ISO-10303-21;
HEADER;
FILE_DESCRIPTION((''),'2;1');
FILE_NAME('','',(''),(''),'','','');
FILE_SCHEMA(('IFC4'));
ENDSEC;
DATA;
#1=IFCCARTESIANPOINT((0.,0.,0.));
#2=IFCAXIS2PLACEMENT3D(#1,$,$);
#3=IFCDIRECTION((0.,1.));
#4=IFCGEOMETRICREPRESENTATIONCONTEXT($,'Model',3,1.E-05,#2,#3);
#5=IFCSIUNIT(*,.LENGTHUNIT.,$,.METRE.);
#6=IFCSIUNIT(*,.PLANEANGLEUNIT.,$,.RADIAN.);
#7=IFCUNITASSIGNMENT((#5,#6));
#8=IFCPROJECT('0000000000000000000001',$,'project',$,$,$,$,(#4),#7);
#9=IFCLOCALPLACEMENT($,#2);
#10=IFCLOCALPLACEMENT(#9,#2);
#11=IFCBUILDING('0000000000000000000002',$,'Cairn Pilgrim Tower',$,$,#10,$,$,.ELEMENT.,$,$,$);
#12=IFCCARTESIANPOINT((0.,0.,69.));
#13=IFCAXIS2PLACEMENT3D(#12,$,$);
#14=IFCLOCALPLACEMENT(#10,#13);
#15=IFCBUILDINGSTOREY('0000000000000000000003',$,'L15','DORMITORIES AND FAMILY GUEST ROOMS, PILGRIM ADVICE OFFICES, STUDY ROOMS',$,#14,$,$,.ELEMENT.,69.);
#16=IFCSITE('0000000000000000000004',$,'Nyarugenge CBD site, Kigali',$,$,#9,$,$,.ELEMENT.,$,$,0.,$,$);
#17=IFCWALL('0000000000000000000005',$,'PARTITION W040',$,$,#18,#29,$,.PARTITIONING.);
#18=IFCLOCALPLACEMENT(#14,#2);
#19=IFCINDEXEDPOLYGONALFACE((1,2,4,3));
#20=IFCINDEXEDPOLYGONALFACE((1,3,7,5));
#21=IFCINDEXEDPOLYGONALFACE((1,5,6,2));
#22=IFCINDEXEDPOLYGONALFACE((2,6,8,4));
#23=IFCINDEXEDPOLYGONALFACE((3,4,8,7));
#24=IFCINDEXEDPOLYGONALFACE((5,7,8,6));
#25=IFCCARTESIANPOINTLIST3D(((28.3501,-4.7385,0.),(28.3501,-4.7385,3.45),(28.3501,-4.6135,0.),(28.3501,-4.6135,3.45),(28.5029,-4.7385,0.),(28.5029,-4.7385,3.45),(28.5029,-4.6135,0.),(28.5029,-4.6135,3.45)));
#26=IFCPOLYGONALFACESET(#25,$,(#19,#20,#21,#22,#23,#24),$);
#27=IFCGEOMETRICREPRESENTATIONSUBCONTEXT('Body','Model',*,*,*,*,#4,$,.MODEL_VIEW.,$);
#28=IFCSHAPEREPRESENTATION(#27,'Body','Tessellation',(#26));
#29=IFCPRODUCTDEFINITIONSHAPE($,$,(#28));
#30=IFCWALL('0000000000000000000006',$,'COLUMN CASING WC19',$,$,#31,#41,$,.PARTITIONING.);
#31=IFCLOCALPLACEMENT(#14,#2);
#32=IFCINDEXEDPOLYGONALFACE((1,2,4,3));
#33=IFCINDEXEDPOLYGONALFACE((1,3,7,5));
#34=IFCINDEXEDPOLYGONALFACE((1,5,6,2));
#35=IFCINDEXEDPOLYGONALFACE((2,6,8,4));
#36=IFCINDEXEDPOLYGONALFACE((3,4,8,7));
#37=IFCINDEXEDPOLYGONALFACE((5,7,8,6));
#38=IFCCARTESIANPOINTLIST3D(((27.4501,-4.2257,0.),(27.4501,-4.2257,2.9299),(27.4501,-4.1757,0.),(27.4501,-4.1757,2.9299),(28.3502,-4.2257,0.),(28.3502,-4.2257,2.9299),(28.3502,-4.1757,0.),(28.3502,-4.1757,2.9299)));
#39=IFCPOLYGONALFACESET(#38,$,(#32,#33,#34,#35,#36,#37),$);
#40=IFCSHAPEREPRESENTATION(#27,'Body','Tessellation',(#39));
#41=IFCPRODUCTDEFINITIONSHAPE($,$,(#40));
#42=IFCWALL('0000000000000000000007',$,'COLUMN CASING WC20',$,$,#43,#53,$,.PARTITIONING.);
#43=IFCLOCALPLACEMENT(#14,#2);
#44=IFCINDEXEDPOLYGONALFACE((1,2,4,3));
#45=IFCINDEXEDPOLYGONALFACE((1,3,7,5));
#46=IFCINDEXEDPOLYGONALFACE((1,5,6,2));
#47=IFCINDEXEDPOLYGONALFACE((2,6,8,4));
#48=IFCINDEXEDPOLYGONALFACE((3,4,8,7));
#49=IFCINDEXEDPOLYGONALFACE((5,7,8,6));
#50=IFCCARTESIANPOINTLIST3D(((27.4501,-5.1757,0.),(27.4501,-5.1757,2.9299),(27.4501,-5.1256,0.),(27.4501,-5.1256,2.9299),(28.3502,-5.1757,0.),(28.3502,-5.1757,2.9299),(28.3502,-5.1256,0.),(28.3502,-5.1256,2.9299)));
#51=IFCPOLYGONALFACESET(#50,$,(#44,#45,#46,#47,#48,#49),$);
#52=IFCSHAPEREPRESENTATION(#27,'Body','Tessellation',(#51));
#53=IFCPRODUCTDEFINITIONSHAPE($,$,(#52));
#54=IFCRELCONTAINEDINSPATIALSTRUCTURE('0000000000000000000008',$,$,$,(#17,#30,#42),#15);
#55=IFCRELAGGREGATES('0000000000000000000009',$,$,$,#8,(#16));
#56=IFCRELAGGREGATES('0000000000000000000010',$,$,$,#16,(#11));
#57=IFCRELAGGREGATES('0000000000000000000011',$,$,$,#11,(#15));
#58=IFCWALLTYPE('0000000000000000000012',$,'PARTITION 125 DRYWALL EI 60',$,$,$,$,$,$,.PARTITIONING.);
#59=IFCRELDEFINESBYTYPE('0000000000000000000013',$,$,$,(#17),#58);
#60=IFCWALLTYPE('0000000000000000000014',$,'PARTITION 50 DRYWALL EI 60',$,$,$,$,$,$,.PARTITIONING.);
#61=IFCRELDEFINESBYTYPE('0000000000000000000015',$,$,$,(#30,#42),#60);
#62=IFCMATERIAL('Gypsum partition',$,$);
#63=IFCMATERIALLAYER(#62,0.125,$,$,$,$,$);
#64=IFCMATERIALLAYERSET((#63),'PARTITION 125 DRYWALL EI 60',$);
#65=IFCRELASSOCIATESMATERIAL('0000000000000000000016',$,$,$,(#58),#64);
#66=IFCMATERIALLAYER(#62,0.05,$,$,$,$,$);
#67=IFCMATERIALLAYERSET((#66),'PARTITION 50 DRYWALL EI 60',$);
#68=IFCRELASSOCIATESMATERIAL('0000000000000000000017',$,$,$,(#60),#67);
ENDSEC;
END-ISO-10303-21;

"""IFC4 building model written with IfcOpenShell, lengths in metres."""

from ifc_helpers import new_model, si_unit, direction, frame, frame_2d, origin, place, context, subcontext, project, spatial, rectangle, extrude, material, layer, layer_set, type_object, element, save


model = new_model("IFC4")

# Units and contexts
model_context = context("Model", 3, precision=1e-05, world=origin(), true_north=direction((0.0, 1.0)))
body_context = subcontext(model_context, "Body", "Model", "MODEL_VIEW")
ifc_project = project(units=[si_unit("LENGTHUNIT", "METRE"), si_unit("PLANEANGLEUNIT", "RADIAN")], contexts=[model_context])

# Site, building, storey
site_placement = place(None, origin())
site = spatial("IfcSite", under=ifc_project, at=site_placement, Name="Nyarugenge CBD site, Kigali", CompositionType="ELEMENT", RefElevation=0.0)
building_placement = place(site_placement, origin())
building = spatial("IfcBuilding", under=site, at=building_placement, Name="Cairn Pilgrim Tower", CompositionType="ELEMENT")
storey_placement = place(building_placement, frame((0.0, 0.0, 69.0)))
storey = spatial("IfcBuildingStorey", under=building, at=storey_placement, Name="L15", Description="DORMITORIES AND FAMILY GUEST ROOMS, PILGRIM ADVICE OFFICES, STUDY ROOMS", CompositionType="ELEMENT", Elevation=69.0)

# Walls
ifc_material_1 = material(Name="Gypsum partition")
ifc_layer_1 = layer(ifc_material_1, 0.125)
ifc_layer_set_1 = layer_set([ifc_layer_1], Name="PARTITION 125 DRYWALL EI 60")
wall_type_1 = type_object("IfcWallType", Name="PARTITION 125 DRYWALL EI 60", PredefinedType="PARTITIONING", material=ifc_layer_set_1)
wall_1_placement = place(storey_placement, frame((28.3501, -4.676, 0.0), z_axis=(0.0, 0.0, 1.0), x_axis=(1.0, 0.0, 0.0)))
element("IfcWall", 1, at=wall_1_placement, inside=storey, type_object=wall_type_1, Name="PARTITION W040", PredefinedType="PARTITIONING", context=body_context, shape_type="SweptSolid", body=[
    extrude(rectangle(XDim=0.1528, YDim=0.125, at=frame_2d((0.0764, 0.0))), origin(), (0.0, 0.0, 1.0), 3.45),
])
ifc_layer_2 = layer(ifc_material_1, 0.05)
ifc_layer_set_2 = layer_set([ifc_layer_2], Name="PARTITION 50 DRYWALL EI 60")
wall_type_2 = type_object("IfcWallType", Name="PARTITION 50 DRYWALL EI 60", PredefinedType="PARTITIONING", material=ifc_layer_set_2)
for number, where, z_axis, x_axis, name in (
    (2, (27.45, -4.2007, 0.0), (0.0, 0.0, 1.0), (1.0, 0.0, 0.0), "COLUMN CASING WC19"),
    (3, (27.45, -5.1506, 0.0), (0.0, 0.0, 1.0), (1.0, 0.0, 0.0), "COLUMN CASING WC20"),
):
    element("IfcWall", number, at=place(storey_placement, frame(where, z_axis=z_axis, x_axis=x_axis)), inside=storey, type_object=wall_type_2, Name=name, PredefinedType="PARTITIONING", context=body_context, shape_type="SweptSolid", body=[
        extrude(rectangle(XDim=0.9001, YDim=0.05, at=frame_2d((0.4502, 0.0))), origin(), (0.0, 0.0, 1.0), 2.9299),
    ])

save(model, "model.ifc")
